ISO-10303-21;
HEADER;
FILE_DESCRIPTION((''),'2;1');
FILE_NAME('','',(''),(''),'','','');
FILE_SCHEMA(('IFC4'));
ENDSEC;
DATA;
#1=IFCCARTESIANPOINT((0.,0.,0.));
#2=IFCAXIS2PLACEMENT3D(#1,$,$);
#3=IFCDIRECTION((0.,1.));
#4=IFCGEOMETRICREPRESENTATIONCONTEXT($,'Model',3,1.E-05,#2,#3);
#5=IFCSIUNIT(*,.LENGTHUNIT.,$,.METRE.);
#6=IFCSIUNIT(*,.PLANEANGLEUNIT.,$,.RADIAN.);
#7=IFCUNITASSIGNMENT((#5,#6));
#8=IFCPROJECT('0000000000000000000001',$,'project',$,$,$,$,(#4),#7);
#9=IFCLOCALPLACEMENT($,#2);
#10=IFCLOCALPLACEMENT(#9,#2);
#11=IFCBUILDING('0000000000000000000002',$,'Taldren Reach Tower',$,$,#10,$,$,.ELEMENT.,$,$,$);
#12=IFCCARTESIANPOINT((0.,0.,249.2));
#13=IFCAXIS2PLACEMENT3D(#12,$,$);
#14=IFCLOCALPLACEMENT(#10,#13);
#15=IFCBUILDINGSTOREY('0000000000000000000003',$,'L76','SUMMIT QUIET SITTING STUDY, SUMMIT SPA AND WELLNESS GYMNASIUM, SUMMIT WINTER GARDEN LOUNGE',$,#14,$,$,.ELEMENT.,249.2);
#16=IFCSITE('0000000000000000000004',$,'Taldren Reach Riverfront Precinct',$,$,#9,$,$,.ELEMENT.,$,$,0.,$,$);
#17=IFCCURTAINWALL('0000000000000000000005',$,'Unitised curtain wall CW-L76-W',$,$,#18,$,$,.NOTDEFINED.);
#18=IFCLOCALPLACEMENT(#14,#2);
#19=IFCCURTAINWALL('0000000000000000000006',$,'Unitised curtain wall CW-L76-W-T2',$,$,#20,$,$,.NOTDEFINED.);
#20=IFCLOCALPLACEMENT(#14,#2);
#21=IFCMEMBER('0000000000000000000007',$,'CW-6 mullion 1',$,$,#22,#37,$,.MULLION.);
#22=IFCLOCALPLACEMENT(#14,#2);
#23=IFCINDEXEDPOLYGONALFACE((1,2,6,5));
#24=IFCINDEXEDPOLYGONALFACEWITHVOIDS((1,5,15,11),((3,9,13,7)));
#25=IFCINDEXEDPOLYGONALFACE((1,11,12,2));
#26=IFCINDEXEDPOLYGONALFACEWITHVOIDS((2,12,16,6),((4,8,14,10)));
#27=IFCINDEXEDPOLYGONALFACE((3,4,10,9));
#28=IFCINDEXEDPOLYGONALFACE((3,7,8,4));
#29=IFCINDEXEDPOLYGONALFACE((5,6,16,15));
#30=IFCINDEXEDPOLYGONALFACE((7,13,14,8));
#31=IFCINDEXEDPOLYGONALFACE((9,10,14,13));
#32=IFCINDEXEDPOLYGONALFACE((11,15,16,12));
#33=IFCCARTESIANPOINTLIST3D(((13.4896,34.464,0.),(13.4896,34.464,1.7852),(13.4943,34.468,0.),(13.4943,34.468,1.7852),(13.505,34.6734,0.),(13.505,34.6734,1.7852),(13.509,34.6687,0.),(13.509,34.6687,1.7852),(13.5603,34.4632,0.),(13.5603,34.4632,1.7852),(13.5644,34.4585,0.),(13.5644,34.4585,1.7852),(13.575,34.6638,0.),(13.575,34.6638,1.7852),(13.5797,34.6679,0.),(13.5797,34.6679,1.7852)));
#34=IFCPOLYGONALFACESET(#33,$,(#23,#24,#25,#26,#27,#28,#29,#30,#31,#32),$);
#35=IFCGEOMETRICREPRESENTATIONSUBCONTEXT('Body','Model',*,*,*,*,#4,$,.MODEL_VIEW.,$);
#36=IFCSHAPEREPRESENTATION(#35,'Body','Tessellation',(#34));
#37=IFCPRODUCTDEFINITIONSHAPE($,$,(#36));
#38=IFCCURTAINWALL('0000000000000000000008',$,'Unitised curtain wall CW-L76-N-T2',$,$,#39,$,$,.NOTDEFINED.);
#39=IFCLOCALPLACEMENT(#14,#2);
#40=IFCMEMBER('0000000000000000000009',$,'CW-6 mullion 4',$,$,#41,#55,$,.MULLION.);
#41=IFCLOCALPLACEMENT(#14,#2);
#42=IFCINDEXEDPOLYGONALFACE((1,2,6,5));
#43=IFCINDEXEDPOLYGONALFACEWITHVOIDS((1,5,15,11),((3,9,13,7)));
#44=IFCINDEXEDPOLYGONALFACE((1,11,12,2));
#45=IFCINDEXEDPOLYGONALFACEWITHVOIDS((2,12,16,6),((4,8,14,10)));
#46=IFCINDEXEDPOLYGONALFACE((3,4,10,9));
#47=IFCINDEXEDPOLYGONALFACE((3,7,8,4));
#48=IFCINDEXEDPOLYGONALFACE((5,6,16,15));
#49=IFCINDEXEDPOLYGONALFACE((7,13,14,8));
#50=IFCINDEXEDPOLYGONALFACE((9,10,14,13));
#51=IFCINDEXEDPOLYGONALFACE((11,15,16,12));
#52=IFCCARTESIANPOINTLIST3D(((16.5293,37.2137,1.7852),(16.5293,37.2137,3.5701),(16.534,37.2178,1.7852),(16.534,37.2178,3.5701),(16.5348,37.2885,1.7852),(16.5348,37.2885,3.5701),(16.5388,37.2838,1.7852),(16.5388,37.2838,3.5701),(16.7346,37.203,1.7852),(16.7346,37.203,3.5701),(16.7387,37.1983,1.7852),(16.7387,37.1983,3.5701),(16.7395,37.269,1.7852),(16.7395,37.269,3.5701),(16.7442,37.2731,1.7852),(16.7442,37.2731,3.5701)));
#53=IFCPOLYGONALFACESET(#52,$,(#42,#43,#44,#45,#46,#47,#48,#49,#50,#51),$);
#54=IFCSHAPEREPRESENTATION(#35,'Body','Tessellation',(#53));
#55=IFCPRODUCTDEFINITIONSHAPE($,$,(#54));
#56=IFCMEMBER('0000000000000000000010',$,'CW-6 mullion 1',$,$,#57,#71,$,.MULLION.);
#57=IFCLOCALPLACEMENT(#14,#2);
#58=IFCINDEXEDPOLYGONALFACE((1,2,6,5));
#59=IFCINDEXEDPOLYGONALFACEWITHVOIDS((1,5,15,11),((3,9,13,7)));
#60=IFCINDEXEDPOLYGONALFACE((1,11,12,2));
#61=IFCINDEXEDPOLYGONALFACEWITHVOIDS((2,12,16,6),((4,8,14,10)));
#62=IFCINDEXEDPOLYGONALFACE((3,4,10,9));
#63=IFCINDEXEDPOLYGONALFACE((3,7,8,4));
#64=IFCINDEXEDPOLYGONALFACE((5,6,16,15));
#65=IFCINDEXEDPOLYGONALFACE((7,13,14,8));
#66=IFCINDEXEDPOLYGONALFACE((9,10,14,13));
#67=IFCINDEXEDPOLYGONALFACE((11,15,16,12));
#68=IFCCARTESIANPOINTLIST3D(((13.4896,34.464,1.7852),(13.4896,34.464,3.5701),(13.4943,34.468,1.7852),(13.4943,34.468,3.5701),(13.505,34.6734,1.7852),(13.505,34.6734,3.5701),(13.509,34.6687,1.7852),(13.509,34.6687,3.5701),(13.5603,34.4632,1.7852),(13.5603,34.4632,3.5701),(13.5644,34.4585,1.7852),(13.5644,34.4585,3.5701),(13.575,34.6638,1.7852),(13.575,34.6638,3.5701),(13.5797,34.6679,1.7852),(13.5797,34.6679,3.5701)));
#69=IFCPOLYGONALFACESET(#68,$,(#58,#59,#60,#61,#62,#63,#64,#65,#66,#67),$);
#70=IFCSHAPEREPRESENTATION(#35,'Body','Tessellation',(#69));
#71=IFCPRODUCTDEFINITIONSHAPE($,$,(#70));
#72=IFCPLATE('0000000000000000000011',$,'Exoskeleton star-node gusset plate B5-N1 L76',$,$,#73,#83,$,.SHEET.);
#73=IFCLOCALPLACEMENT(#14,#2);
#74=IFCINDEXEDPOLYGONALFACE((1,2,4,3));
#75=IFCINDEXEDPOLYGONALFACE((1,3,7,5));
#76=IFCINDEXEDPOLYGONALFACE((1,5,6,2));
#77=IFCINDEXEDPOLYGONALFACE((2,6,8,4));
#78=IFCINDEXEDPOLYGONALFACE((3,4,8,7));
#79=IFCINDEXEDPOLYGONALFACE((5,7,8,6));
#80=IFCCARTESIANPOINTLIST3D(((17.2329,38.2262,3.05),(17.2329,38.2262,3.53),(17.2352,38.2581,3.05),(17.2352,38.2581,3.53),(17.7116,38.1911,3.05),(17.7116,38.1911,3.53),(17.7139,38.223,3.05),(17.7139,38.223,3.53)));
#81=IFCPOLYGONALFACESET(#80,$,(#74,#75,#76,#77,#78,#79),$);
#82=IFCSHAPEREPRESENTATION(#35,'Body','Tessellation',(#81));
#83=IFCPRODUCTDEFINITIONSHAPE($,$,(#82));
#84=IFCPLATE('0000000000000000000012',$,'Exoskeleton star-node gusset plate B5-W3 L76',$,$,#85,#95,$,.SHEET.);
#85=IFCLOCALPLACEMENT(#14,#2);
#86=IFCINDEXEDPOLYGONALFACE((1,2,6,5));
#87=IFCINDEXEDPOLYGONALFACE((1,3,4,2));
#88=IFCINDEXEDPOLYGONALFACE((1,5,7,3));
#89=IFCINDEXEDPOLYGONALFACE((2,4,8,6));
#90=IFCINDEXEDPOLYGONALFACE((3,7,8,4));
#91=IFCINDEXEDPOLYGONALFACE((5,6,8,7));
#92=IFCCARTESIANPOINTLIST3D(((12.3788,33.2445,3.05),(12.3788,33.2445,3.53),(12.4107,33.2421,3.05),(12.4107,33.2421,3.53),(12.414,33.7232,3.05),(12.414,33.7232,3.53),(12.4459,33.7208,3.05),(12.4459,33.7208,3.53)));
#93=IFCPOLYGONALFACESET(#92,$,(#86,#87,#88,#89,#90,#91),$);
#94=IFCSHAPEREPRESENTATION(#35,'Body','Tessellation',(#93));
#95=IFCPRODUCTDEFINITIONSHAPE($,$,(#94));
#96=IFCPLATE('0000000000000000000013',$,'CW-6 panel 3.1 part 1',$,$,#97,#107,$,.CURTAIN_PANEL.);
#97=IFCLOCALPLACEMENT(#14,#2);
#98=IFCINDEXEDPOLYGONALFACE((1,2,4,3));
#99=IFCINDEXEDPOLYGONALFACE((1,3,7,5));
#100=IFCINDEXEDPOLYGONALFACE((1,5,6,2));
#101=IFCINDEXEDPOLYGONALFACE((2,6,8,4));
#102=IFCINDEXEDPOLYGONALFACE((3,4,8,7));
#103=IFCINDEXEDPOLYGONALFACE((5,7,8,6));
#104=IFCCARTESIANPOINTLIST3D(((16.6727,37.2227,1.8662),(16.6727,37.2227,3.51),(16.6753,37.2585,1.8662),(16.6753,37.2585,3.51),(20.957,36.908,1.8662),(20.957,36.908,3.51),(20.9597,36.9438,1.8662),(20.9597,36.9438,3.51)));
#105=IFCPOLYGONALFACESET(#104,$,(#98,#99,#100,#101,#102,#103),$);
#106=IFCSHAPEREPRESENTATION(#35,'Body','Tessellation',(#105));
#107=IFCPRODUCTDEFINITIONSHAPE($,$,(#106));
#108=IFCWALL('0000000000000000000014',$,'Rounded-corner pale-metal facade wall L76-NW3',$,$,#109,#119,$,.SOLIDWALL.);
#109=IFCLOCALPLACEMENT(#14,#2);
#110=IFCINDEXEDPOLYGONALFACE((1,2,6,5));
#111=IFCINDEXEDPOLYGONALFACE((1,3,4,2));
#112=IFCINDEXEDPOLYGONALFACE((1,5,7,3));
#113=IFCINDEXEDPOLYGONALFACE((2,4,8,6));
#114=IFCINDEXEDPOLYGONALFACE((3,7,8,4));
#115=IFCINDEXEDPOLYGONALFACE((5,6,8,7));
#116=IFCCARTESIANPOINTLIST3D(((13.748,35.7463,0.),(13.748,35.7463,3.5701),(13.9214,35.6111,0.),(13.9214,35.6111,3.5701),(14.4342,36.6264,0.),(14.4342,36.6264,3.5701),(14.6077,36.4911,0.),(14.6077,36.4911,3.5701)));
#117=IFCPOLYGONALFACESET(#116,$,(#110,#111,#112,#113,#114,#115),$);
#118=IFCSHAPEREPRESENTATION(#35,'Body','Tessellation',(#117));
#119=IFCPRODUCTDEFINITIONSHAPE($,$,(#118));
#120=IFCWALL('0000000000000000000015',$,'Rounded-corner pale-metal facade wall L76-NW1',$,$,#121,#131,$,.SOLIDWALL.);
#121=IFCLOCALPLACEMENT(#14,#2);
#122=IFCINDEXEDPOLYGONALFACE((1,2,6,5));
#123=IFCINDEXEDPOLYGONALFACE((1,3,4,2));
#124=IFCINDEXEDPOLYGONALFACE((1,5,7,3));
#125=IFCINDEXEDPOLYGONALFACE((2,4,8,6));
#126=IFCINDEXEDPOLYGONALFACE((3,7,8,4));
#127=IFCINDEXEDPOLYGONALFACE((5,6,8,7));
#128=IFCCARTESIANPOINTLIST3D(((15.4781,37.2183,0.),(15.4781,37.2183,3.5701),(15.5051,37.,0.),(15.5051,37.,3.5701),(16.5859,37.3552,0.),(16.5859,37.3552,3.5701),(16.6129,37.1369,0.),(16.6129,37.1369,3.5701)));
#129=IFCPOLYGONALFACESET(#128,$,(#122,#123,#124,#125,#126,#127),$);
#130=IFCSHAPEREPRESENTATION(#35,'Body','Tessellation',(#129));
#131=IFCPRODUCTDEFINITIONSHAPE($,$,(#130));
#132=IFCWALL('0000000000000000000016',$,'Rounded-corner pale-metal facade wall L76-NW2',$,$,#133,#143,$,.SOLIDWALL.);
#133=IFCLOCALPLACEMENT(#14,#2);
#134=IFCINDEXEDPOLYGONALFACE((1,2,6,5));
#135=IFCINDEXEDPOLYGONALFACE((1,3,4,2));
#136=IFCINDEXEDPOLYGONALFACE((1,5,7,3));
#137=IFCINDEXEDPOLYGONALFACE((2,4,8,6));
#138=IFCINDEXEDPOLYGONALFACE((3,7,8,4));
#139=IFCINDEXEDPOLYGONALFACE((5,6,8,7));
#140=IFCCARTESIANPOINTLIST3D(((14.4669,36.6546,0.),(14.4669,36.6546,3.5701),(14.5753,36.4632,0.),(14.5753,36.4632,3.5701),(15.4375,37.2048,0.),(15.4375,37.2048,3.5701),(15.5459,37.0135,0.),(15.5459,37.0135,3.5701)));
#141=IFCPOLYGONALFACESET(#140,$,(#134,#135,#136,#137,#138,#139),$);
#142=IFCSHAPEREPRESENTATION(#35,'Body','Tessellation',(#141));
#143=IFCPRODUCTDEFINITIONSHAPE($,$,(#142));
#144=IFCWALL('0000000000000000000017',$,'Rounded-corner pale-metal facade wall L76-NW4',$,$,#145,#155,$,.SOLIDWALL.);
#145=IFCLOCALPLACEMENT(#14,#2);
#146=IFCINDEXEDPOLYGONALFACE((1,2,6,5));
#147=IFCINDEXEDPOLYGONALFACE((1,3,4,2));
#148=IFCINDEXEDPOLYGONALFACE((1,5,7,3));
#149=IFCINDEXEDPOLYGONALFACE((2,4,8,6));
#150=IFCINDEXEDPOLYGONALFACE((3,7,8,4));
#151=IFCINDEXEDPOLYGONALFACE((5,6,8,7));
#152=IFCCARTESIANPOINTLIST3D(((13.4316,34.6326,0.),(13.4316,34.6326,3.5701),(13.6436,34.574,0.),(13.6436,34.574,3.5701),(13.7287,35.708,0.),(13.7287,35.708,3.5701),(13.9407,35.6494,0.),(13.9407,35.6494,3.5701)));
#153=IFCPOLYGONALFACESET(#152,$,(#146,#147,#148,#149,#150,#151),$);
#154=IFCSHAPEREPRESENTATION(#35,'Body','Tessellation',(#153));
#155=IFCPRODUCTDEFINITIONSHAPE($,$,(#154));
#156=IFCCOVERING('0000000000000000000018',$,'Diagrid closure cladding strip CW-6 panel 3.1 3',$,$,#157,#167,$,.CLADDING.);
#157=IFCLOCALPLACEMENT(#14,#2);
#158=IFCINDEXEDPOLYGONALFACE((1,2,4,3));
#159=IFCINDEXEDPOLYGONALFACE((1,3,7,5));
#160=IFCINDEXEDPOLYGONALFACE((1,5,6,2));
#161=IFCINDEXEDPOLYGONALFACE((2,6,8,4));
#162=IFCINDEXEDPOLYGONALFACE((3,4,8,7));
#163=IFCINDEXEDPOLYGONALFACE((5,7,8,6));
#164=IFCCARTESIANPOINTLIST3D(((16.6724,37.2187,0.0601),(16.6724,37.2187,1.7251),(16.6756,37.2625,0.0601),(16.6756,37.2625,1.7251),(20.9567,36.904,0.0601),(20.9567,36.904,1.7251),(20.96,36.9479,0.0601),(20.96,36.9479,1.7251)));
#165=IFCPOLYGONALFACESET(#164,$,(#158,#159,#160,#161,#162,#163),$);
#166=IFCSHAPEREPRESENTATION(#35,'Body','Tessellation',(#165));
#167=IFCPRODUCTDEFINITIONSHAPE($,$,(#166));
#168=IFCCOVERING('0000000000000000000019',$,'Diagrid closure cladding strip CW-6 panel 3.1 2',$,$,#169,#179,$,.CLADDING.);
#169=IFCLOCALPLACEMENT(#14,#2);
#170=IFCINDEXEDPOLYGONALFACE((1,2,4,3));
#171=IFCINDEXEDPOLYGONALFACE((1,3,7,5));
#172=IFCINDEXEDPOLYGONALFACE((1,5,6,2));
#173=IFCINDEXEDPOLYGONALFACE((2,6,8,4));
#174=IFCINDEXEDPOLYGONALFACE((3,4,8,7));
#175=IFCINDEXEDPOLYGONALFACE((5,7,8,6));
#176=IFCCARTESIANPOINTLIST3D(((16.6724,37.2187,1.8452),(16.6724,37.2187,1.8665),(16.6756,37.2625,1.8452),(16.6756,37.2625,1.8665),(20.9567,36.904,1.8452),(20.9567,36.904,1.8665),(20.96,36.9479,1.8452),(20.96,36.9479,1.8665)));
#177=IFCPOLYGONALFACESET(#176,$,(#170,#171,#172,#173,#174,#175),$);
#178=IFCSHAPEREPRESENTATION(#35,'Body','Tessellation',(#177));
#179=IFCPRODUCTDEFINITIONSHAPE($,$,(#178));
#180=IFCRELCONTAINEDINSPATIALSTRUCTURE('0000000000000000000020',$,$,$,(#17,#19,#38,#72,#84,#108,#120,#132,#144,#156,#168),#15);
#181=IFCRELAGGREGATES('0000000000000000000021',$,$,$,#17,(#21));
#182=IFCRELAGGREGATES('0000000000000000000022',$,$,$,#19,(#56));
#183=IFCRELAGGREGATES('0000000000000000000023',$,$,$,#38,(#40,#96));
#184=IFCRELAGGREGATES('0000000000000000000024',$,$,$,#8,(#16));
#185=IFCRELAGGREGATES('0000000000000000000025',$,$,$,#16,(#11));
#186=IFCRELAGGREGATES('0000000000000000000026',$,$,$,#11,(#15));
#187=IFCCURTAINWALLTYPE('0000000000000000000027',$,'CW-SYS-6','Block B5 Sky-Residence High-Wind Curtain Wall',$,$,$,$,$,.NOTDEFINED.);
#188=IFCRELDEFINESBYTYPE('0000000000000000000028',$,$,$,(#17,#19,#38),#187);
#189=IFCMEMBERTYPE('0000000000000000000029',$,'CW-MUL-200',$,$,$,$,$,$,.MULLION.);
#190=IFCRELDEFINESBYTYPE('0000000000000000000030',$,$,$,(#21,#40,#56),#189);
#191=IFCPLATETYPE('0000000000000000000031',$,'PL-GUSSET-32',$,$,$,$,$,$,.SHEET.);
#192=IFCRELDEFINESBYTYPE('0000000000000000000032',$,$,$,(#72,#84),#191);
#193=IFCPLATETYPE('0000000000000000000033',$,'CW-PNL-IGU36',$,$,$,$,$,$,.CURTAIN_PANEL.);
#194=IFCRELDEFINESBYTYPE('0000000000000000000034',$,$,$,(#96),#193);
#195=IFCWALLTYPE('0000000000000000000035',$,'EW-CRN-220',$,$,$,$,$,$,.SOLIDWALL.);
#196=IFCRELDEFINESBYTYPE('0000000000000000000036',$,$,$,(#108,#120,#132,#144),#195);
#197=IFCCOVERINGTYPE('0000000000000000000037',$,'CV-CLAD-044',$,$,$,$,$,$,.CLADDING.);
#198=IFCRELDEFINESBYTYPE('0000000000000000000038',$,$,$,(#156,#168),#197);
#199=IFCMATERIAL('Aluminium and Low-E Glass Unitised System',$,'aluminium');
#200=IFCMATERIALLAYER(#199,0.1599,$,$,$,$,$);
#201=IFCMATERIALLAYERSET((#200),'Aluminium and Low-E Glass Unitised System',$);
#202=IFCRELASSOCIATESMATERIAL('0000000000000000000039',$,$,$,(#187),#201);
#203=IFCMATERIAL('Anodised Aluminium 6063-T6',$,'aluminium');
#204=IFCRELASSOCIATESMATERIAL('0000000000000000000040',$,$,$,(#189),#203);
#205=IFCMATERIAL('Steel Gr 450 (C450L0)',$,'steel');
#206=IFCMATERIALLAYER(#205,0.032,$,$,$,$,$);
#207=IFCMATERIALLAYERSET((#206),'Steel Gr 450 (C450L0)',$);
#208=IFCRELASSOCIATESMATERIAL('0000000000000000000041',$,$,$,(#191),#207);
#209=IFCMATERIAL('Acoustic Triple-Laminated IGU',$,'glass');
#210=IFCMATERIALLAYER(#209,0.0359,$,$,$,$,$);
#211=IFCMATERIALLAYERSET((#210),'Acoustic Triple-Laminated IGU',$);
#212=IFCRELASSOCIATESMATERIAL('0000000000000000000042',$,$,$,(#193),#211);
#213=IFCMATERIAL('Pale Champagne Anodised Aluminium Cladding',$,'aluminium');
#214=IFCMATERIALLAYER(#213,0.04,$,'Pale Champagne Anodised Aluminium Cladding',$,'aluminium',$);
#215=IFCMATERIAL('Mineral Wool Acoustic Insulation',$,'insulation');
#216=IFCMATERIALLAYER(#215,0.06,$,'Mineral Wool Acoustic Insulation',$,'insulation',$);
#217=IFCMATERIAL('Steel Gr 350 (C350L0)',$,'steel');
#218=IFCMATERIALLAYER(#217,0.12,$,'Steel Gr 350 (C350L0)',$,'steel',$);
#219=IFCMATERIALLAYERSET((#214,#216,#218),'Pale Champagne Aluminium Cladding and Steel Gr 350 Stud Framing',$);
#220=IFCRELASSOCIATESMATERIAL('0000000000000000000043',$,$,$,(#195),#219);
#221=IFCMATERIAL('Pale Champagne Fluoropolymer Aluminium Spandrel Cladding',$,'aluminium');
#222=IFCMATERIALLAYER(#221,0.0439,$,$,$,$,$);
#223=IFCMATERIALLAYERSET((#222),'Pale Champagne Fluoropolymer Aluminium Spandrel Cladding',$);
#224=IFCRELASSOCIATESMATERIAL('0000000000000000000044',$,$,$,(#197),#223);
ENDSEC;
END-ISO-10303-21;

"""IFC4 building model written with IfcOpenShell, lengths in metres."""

from ifc_helpers import new_model, si_unit, direction, frame, frame_2d, origin, origin_2d, place, context, subcontext, project, spatial, rectangle, hollow_rectangle, extrude, source, transform, mapped, material, layer, layer_set, material_profile, profile_set, type_object, element, aggregate, save


model = new_model("IFC4")

# Units and contexts
model_context = context("Model", 3, precision=1e-05, world=origin(), true_north=direction((0.0, 1.0)))
body_context = subcontext(model_context, "Body", "Model", "MODEL_VIEW")
ifc_project = project(units=[si_unit("LENGTHUNIT", "METRE"), si_unit("PLANEANGLEUNIT", "RADIAN")], contexts=[model_context])

# Site, building, storey
site_placement = place(None, origin())
site = spatial("IfcSite", under=ifc_project, at=site_placement, Name="Taldren Reach Riverfront Precinct", CompositionType="ELEMENT", RefElevation=0.0)
building_placement = place(site_placement, origin())
building = spatial("IfcBuilding", under=site, at=building_placement, Name="Taldren Reach Tower", CompositionType="ELEMENT")
storey_placement = place(building_placement, frame((0.0, 0.0, 249.2)))
storey = spatial("IfcBuildingStorey", under=building, at=storey_placement, Name="L76", Description="SUMMIT QUIET SITTING STUDY, SUMMIT SPA AND WELLNESS GYMNASIUM, SUMMIT WINTER GARDEN LOUNGE", CompositionType="ELEMENT", Elevation=249.2)

# Shared definitions
ifc_material_1 = material(Name="Steel Gr 350 (C350L0)", Category="steel")

# Shared definitions
ifc_material_2 = material(Name="Steel Gr 450 (C450L0)", Category="steel")

# Curtain walls
ifc_material_3 = material(Name="Aluminium and Low-E Glass Unitised System", Category="aluminium")
ifc_layer_1 = layer(ifc_material_3, 0.1599)
ifc_layer_set_1 = layer_set([ifc_layer_1], Name="Aluminium and Low-E Glass Unitised System")
curtain_wall_type = type_object("IfcCurtainWallType", Name="CW-SYS-6", Description="Block B5 Sky-Residence High-Wind Curtain Wall", PredefinedType="NOTDEFINED", material=ifc_layer_set_1)
curtain_wall_1_placement = place(storey_placement, origin())
curtain_wall_1 = element("IfcCurtainWall", 1, at=curtain_wall_1_placement, inside=storey, type_object=curtain_wall_type, Name="Unitised curtain wall CW-L76-W", PredefinedType="NOTDEFINED")
ifc_material_4 = material(Name="Anodised Aluminium 6063-T6", Category="aluminium")
curtain_wall_2_placement = place(storey_placement, origin())
curtain_wall_2 = element("IfcCurtainWall", 2, at=curtain_wall_2_placement, inside=storey, type_object=curtain_wall_type, Name="Unitised curtain wall CW-L76-W-T2", PredefinedType="NOTDEFINED")

# Shared definitions
ifc_material_profile_1 = material_profile(ifc_material_4, hollow_rectangle(XDim=0.075, YDim=0.21, WallThickness=0.0044, at=origin_2d()), Name="ALU-210x75x4.5RHS")
ifc_profile_set_1 = profile_set([ifc_material_profile_1], Name="Anodised Aluminium 6063-T6")
member_type_1 = type_object("IfcMemberType", Name="CW-MUL-200", PredefinedType="MULLION", material=ifc_profile_set_1)
shared_shape_1 = source(origin(), body_context, "Body", "SweptSolid", [
    extrude(hollow_rectangle(XDim=0.075, YDim=0.21, WallThickness=0.0044, at=origin_2d()), origin(), (0.0, 0.0, 1.0), 1.7852),
])

# Member
member_1_placement = place(storey_placement, frame((13.5347, 34.5659, 0.0), z_axis=(0.0, 0.0, 1.0), x_axis=(0.997314, -0.073238, 0.0)))
member_1 = element("IfcMember", 3, at=member_1_placement, type_object=member_type_1, Name="CW-6 mullion 1", PredefinedType="MULLION", context=body_context, shape_type="MappedRepresentation", body=[
    mapped(shared_shape_1, transform((0.0, 0.0, 0.0), scale=1.0)),
])
aggregate(curtain_wall_1, [member_1])

# Curtain wall, member
curtain_wall_3_placement = place(storey_placement, origin())
curtain_wall_3 = element("IfcCurtainWall", 4, at=curtain_wall_3_placement, inside=storey, type_object=curtain_wall_type, Name="Unitised curtain wall CW-L76-N-T2", PredefinedType="NOTDEFINED")
shared_shape_2 = source(origin(), body_context, "Body", "SweptSolid", [
    extrude(hollow_rectangle(XDim=0.075, YDim=0.21, WallThickness=0.0044, at=origin_2d()), origin(), (0.0, 0.0, 1.0), 1.7849),
])
member_2_placement = place(storey_placement, frame((16.6367, 37.2434, 1.7852), z_axis=(0.0, 0.0, 1.0), x_axis=(-0.073238, -0.997314, 0.0)))
member_2 = element("IfcMember", 5, at=member_2_placement, type_object=member_type_1, Name="CW-6 mullion 4", PredefinedType="MULLION", context=body_context, shape_type="MappedRepresentation", body=[
    mapped(shared_shape_2, transform((0.0, 0.0, 0.0), scale=1.0)),
])

# Member
member_3_placement = place(storey_placement, frame((13.5347, 34.5659, 1.7852), z_axis=(0.0, 0.0, 1.0), x_axis=(0.997314, -0.073238, 0.0)))
member_3 = element("IfcMember", 6, at=member_3_placement, type_object=member_type_1, Name="CW-6 mullion 1", PredefinedType="MULLION", context=body_context, shape_type="MappedRepresentation", body=[
    mapped(shared_shape_2, transform((0.0, 0.0, 0.0), scale=1.0)),
])
aggregate(curtain_wall_2, [member_3])

# Plates
ifc_layer_2 = layer(ifc_material_2, 0.032)
ifc_layer_set_2 = layer_set([ifc_layer_2], Name="Steel Gr 450 (C450L0)")
plate_type_1 = type_object("IfcPlateType", Name="PL-GUSSET-32", PredefinedType="SHEET", material=ifc_layer_set_2)
shared_shape_3 = source(origin(), body_context, "Body", "SweptSolid", [
    extrude(rectangle(XDim=0.48, YDim=0.032, at=origin_2d()), origin(), (0.0, 0.0, 1.0), 0.48),
])
for number, where, z_axis, x_axis, name in (
    (7, (17.4734, 38.2246, 3.05), (0.0, 0.0, 1.0), (0.997314, -0.073238, 0.0), "Exoskeleton star-node gusset plate B5-N1 L76"),
    (8, (12.4124, 33.4827, 3.05), (0.0, 0.0, 1.0), (0.073238, 0.997314, 0.0), "Exoskeleton star-node gusset plate B5-W3 L76"),
):
    element("IfcPlate", number, at=place(storey_placement, frame(where, z_axis=z_axis, x_axis=x_axis)), inside=storey, type_object=plate_type_1, Name=name, PredefinedType="SHEET", context=body_context, shape_type="MappedRepresentation", body=[
        mapped(shared_shape_3, transform((0.0, 0.0, 0.0), scale=1.0)),
    ])

# Plate
ifc_material_5 = material(Name="Acoustic Triple-Laminated IGU", Category="glass")
ifc_layer_3 = layer(ifc_material_5, 0.0359)
ifc_layer_set_3 = layer_set([ifc_layer_3], Name="Acoustic Triple-Laminated IGU")
plate_type_2 = type_object("IfcPlateType", Name="CW-PNL-IGU36", PredefinedType="CURTAIN_PANEL", material=ifc_layer_set_3)
shared_shape_4 = source(origin(), body_context, "Body", "SweptSolid", [
    extrude(rectangle(XDim=4.2959, YDim=0.0359, at=origin_2d()), origin(), (0.0, 0.0, 1.0), 1.6438),
])
plate_placement = place(storey_placement, frame((18.8162, 37.0833, 1.8662), z_axis=(0.0, 0.0, 1.0), x_axis=(-0.997314, 0.073238, 0.0)))
plate = element("IfcPlate", 9, at=plate_placement, type_object=plate_type_2, Name="CW-6 panel 3.1 part 1", PredefinedType="CURTAIN_PANEL", context=body_context, shape_type="MappedRepresentation", body=[
    mapped(shared_shape_4, transform((0.0, 0.0, 0.0), scale=1.0)),
])
aggregate(curtain_wall_3, [member_2, plate])

# Walls
ifc_material_6 = material(Name="Pale Champagne Anodised Aluminium Cladding", Category="aluminium")
ifc_layer_4 = layer(ifc_material_6, 0.04, Name="Pale Champagne Anodised Aluminium Cladding", Category="aluminium")
ifc_material_7 = material(Name="Mineral Wool Acoustic Insulation", Category="insulation")
ifc_layer_5 = layer(ifc_material_7, 0.06, Name="Mineral Wool Acoustic Insulation", Category="insulation")
ifc_layer_6 = layer(ifc_material_1, 0.12, Name="Steel Gr 350 (C350L0)", Category="steel")
ifc_layer_set_4 = layer_set([ifc_layer_4, ifc_layer_5, ifc_layer_6], Name="Pale Champagne Aluminium Cladding and Steel Gr 350 Stud Framing")
wall_type = type_object("IfcWallType", Name="EW-CRN-220", PredefinedType="SOLIDWALL", material=ifc_layer_set_4)
shared_shape_5 = source(origin(), body_context, "Body", "SweptSolid", [
    extrude(rectangle(XDim=1.116, YDim=0.22, at=frame_2d((0.5581, 0.0))), origin(), (0.0, 0.0, 1.0), 3.5701),
])
wall_1_placement = place(storey_placement, frame((14.521, 36.5588, 0.0), z_axis=(0.0, 0.0, 1.0), x_axis=(-0.614909, -0.788598, 0.0)))
element("IfcWall", 10, at=wall_1_placement, inside=storey, type_object=wall_type, Name="Rounded-corner pale-metal facade wall L76-NW3", PredefinedType="SOLIDWALL", context=body_context, shape_type="MappedRepresentation", body=[
    mapped(shared_shape_5, transform((0.0, 0.0, 0.0), scale=1.0)),
])
shared_shape_6 = source(origin(), body_context, "Body", "SweptSolid", [
    extrude(rectangle(XDim=1.1162, YDim=0.22, at=frame_2d((0.5581, 0.0))), origin(), (0.0, 0.0, 1.0), 3.5701),
])
wall_2_placement = place(storey_placement, frame((16.5994, 37.2461, 0.0), z_axis=(0.0, 0.0, 1.0), x_axis=(-0.992442, -0.122715, 0.0)))
element("IfcWall", 11, at=wall_2_placement, inside=storey, type_object=wall_type, Name="Rounded-corner pale-metal facade wall L76-NW1", PredefinedType="SOLIDWALL", context=body_context, shape_type="MappedRepresentation", body=[
    mapped(shared_shape_6, transform((0.0, 0.0, 0.0), scale=1.0)),
])
shared_shape_7 = source(origin(), body_context, "Body", "SweptSolid", [
    extrude(rectangle(XDim=1.1157, YDim=0.22, at=frame_2d((0.5579, 0.0))), origin(), (0.0, 0.0, 1.0), 3.5701),
])
for number, where, z_axis, x_axis, name in (
    (12, (15.4917, 37.1091, 0.0), (0.0, 0.0, 1.0), (-0.869935, -0.493167, 0.0), "Rounded-corner pale-metal facade wall L76-NW2"),
    (13, (13.8347, 35.6787, 0.0), (0.0, 0.0, 1.0), (-0.266301, -0.96389, 0.0), "Rounded-corner pale-metal facade wall L76-NW4"),
):
    element("IfcWall", number, at=place(storey_placement, frame(where, z_axis=z_axis, x_axis=x_axis)), inside=storey, type_object=wall_type, Name=name, PredefinedType="SOLIDWALL", context=body_context, shape_type="MappedRepresentation", body=[
        mapped(shared_shape_7, transform((0.0, 0.0, 0.0), scale=1.0)),
    ])

# Coverings
ifc_material_8 = material(Name="Pale Champagne Fluoropolymer Aluminium Spandrel Cladding", Category="aluminium")
ifc_layer_7 = layer(ifc_material_8, 0.0439)
ifc_layer_set_5 = layer_set([ifc_layer_7], Name="Pale Champagne Fluoropolymer Aluminium Spandrel Cladding")
covering_type = type_object("IfcCoveringType", Name="CV-CLAD-044", PredefinedType="CLADDING", material=ifc_layer_set_5)
shared_shape_8 = source(origin(), body_context, "Body", "SweptSolid", [
    extrude(rectangle(XDim=4.2959, YDim=0.0439, at=origin_2d()), origin(), (0.0, 0.0, 1.0), 1.665),
])
covering_1_placement = place(storey_placement, frame((18.8162, 37.0833, 0.0601), z_axis=(0.0, 0.0, 1.0), x_axis=(-0.997314, 0.073238, 0.0)))
element("IfcCovering", 14, at=covering_1_placement, inside=storey, type_object=covering_type, Name="Diagrid closure cladding strip CW-6 panel 3.1 3", PredefinedType="CLADDING", context=body_context, shape_type="MappedRepresentation", body=[
    mapped(shared_shape_8, transform((0.0, 0.0, 0.0), scale=1.0)),
])
shared_shape_9 = source(origin(), body_context, "Body", "SweptSolid", [
    extrude(rectangle(XDim=4.2959, YDim=0.0439, at=origin_2d()), origin(), (0.0, 0.0, 1.0), 0.0212),
])
covering_2_placement = place(storey_placement, frame((18.8162, 37.0833, 1.8452), z_axis=(0.0, 0.0, 1.0), x_axis=(-0.997314, 0.073238, 0.0)))
element("IfcCovering", 15, at=covering_2_placement, inside=storey, type_object=covering_type, Name="Diagrid closure cladding strip CW-6 panel 3.1 2", PredefinedType="CLADDING", context=body_context, shape_type="MappedRepresentation", body=[
    mapped(shared_shape_9, transform((0.0, 0.0, 0.0), scale=1.0)),
])

save(model, "model.ifc")
